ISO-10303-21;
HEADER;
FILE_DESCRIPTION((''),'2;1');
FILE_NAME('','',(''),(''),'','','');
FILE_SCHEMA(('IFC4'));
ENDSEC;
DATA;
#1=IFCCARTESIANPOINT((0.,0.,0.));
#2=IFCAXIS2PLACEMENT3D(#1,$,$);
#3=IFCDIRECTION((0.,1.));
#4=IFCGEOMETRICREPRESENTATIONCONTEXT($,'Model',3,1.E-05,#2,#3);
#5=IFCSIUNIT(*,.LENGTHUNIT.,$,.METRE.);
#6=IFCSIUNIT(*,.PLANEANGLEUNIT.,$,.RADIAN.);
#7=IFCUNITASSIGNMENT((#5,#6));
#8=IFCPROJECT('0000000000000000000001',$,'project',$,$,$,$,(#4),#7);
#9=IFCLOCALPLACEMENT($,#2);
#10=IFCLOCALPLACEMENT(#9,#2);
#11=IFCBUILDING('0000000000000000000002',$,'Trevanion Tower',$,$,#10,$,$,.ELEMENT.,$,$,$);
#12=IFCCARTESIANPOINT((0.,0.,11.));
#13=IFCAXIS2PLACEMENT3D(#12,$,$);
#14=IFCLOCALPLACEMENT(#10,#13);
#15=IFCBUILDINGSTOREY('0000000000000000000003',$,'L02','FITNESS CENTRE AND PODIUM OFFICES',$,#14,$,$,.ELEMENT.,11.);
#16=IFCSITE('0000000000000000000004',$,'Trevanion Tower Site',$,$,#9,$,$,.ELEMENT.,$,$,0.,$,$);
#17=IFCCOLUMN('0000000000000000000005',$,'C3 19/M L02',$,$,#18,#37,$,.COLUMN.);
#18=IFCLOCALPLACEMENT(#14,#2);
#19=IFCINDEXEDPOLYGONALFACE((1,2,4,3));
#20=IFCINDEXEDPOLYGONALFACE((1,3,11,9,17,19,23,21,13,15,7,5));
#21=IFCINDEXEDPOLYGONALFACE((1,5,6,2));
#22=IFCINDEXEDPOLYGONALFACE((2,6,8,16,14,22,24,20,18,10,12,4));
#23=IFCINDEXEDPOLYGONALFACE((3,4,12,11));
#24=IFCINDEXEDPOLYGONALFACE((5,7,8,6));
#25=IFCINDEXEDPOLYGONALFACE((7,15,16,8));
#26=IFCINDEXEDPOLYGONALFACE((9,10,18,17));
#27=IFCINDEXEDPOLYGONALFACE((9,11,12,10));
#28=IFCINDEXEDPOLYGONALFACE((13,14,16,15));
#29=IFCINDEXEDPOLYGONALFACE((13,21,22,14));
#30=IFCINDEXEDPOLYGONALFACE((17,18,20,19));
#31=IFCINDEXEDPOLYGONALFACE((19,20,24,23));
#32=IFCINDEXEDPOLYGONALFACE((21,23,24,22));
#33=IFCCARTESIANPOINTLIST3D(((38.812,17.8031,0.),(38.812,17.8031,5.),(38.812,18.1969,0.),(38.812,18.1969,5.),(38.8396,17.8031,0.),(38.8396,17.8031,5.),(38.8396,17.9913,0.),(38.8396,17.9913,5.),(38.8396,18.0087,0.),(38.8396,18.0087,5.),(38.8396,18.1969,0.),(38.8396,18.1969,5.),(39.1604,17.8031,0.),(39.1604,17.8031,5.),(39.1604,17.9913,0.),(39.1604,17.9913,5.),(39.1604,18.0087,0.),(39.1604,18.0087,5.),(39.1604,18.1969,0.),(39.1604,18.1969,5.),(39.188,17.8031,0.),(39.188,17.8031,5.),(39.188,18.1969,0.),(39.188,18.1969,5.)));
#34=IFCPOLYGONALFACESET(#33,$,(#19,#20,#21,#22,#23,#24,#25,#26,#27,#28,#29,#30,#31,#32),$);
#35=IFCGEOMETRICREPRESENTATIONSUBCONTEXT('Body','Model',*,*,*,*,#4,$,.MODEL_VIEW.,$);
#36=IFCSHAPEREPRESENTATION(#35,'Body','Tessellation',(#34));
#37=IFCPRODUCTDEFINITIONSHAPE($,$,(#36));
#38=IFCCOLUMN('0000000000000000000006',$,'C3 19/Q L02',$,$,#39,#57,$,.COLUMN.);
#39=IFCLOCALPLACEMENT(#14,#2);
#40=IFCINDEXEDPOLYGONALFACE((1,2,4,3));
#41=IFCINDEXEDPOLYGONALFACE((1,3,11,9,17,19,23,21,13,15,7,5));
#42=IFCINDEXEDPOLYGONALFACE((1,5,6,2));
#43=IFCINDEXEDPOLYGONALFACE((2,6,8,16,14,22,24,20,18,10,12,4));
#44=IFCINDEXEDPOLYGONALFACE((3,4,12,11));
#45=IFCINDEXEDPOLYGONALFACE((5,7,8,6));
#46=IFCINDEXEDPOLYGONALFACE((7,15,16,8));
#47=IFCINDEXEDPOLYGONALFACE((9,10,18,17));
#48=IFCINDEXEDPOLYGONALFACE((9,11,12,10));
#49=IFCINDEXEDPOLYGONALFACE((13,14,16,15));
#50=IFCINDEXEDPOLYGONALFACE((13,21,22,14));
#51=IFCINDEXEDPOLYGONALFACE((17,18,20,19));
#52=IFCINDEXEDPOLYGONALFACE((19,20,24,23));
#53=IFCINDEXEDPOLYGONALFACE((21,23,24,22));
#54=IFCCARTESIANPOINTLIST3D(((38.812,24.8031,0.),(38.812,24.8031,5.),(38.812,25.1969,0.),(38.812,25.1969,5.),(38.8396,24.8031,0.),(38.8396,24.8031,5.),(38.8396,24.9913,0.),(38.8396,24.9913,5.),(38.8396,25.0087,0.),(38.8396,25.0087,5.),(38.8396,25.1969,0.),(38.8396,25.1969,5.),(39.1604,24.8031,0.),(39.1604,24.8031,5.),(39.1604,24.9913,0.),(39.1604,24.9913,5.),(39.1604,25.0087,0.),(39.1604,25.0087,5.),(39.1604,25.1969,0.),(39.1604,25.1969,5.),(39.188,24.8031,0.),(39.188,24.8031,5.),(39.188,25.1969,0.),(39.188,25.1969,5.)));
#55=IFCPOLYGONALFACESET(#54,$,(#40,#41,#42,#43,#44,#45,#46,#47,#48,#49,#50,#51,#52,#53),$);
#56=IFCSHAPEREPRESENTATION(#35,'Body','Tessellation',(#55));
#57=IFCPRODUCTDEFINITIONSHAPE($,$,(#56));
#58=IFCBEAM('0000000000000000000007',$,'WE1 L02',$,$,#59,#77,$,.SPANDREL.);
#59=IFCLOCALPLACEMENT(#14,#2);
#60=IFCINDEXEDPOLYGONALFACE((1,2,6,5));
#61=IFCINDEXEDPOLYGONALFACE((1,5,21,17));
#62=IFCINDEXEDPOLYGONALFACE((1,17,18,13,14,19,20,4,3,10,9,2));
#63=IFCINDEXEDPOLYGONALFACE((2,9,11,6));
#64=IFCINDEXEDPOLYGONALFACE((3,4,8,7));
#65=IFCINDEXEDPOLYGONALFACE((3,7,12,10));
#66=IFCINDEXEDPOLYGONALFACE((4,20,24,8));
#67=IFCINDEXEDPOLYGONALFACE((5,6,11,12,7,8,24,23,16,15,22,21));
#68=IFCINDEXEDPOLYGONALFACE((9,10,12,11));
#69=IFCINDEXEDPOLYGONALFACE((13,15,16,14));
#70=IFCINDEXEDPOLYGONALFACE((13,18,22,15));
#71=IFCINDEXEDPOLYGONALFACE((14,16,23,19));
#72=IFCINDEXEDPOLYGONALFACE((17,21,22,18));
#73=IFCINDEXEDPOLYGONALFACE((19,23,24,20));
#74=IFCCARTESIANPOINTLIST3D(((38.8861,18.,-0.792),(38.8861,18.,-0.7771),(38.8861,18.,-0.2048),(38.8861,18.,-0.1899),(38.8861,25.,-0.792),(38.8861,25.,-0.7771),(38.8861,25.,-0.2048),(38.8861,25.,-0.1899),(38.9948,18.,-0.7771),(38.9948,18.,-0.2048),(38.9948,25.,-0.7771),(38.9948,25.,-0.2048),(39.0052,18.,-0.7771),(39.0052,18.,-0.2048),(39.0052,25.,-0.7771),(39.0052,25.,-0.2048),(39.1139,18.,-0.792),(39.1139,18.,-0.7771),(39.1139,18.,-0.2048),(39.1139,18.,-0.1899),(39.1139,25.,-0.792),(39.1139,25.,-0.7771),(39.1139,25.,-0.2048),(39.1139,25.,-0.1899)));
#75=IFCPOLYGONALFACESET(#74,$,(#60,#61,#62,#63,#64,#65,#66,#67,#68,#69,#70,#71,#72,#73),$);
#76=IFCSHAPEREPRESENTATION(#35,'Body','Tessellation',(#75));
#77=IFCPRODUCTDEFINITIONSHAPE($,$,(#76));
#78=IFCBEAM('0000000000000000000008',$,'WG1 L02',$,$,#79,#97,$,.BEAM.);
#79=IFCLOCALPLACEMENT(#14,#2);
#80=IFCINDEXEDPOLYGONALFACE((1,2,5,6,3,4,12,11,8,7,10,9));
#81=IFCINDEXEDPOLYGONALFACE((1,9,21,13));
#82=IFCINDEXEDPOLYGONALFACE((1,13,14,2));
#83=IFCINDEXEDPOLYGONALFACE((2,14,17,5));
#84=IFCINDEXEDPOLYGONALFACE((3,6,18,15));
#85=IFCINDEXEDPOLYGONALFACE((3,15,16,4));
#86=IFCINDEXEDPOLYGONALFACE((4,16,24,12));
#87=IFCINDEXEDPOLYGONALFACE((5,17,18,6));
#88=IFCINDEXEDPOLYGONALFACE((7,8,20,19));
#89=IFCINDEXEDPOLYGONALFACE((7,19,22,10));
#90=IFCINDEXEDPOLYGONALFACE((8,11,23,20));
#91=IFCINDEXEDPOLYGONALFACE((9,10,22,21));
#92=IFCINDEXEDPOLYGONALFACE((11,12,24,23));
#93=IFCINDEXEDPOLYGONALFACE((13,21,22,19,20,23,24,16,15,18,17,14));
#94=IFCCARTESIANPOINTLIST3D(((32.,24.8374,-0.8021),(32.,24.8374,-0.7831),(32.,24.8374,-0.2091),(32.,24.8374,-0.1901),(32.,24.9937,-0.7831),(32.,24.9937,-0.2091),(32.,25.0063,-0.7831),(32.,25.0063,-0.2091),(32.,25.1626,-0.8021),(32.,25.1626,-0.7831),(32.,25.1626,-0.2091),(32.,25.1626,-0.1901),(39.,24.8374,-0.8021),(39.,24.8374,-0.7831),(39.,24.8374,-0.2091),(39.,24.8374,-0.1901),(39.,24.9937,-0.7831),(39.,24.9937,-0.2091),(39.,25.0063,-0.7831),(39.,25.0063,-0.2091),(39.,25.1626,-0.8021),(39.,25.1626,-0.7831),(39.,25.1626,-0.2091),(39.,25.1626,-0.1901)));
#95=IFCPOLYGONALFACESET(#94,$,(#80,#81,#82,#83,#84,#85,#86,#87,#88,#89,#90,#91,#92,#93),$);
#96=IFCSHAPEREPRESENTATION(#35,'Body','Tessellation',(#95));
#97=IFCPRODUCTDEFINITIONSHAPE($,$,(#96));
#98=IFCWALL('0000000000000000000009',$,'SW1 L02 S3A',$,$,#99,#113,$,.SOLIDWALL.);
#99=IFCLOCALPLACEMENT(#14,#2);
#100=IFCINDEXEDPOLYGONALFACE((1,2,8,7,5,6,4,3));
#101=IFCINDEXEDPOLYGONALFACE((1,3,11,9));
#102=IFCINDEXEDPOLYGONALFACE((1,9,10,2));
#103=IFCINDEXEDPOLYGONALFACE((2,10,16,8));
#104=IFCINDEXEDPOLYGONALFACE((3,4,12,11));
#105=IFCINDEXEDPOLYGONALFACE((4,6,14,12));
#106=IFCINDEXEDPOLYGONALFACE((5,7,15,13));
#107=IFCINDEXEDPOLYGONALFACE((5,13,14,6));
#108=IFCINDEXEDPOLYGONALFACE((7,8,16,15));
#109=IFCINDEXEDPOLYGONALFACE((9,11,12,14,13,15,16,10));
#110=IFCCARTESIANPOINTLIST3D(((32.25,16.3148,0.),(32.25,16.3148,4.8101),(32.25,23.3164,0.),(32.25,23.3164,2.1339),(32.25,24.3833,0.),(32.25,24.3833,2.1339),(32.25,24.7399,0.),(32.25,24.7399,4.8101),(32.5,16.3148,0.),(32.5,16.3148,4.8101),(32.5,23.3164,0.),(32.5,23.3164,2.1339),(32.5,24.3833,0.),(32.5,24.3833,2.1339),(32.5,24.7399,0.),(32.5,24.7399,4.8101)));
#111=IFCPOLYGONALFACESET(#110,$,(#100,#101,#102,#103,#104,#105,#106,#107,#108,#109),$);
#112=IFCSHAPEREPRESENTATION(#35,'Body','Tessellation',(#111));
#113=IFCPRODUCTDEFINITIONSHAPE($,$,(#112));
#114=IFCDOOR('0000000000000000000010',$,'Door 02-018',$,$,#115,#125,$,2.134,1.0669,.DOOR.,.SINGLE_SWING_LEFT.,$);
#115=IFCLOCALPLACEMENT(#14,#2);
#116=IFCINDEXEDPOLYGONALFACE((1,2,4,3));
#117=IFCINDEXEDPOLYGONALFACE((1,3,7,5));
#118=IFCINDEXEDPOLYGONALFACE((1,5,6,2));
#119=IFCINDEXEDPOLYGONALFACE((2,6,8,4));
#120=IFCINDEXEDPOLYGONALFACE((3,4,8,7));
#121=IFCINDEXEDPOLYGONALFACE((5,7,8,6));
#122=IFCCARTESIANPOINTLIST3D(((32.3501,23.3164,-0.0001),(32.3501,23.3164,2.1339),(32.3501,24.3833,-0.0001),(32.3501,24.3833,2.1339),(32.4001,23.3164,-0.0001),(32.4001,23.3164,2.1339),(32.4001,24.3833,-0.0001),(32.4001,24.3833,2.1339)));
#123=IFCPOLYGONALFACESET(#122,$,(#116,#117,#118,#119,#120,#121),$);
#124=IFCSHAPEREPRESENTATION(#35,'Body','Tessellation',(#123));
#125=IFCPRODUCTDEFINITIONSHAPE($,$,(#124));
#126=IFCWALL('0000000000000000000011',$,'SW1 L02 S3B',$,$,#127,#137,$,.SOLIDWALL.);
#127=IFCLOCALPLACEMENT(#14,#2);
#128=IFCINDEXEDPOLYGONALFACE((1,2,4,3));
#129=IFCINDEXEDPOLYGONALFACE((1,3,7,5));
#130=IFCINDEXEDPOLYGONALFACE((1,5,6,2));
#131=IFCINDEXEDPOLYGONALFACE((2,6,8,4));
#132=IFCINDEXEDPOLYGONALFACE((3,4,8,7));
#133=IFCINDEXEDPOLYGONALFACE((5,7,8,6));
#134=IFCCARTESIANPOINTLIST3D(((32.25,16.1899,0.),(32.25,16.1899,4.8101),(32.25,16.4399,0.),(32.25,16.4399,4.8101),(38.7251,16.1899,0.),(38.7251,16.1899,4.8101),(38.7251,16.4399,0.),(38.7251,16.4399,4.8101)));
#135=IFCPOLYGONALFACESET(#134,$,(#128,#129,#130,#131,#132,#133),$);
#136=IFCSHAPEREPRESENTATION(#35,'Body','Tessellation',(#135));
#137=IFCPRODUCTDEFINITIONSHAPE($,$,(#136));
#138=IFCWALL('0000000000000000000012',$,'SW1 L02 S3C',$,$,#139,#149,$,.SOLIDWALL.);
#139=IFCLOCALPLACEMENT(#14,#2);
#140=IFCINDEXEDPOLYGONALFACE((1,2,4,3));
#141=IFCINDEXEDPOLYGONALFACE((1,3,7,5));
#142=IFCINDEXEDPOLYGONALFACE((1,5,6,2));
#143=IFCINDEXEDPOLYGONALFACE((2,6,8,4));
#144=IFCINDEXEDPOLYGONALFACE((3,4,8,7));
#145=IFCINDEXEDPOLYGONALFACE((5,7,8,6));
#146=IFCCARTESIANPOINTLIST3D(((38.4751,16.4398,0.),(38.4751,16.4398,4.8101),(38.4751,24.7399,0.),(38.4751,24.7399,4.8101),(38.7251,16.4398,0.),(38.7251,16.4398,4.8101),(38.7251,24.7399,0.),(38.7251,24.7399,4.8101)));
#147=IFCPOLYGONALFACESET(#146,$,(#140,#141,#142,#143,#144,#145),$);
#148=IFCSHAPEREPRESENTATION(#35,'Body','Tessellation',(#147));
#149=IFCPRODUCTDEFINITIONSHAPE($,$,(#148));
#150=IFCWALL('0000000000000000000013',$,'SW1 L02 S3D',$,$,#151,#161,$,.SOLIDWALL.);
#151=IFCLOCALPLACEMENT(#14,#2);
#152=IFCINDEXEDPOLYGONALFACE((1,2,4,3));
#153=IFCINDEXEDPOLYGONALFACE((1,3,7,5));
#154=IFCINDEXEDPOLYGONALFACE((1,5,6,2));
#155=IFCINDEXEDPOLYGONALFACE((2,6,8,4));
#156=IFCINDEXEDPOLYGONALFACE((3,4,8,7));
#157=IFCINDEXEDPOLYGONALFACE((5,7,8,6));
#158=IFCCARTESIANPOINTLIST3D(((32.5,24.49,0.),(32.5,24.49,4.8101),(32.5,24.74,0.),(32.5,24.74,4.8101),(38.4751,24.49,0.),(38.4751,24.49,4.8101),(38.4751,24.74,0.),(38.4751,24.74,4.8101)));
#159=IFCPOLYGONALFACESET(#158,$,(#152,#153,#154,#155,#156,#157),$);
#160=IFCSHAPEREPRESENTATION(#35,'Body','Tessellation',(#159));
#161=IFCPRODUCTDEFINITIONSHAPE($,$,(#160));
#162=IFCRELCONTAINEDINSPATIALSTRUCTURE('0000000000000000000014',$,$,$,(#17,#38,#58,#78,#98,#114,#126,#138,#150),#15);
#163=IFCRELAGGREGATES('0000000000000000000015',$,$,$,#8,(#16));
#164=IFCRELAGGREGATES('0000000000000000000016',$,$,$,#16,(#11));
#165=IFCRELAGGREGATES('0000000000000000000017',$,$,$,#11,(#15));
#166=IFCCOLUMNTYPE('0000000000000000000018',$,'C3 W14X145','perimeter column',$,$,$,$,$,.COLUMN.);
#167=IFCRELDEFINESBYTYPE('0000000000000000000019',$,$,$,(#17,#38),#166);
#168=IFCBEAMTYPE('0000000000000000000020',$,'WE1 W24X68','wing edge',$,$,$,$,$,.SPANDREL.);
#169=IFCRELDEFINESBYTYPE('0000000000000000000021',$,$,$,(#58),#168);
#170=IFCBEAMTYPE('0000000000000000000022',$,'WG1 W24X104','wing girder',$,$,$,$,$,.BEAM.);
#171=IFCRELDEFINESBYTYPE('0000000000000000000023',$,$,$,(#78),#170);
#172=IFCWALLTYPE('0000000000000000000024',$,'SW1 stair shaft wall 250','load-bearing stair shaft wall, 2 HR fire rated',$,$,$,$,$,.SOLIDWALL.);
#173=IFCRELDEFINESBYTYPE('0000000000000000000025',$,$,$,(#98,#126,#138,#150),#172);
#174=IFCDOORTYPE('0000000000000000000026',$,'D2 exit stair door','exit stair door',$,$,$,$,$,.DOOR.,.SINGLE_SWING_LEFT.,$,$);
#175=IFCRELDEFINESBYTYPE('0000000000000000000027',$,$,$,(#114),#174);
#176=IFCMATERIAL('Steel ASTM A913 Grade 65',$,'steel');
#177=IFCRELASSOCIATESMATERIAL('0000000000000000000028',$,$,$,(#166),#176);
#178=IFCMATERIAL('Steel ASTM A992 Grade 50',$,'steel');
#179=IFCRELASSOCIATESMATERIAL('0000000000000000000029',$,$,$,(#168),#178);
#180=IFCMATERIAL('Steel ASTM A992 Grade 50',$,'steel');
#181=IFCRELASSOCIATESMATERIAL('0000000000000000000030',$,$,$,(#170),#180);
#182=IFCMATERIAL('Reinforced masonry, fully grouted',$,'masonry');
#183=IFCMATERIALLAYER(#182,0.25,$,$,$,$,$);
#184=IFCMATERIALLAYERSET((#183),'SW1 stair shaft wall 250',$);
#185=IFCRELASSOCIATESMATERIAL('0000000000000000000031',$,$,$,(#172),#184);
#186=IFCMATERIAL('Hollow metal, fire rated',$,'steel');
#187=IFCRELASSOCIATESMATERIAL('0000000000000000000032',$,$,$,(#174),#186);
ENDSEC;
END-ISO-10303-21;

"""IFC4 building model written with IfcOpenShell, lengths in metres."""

from ifc_helpers import new_model, si_unit, direction, frame, frame_2d, origin, origin_2d, place, context, subcontext, project, spatial, rectangle, i_section, extrude, material, layer, layer_set, material_profile, profile_set, type_object, element, fill, save


model = new_model("IFC4")

# Units and contexts
model_context = context("Model", 3, precision=1e-05, world=origin(), true_north=direction((0.0, 1.0)))
body_context = subcontext(model_context, "Body", "Model", "MODEL_VIEW")
ifc_project = project(units=[si_unit("LENGTHUNIT", "METRE"), si_unit("PLANEANGLEUNIT", "RADIAN")], contexts=[model_context])

# Site, building, storey
site_placement = place(None, origin())
site = spatial("IfcSite", under=ifc_project, at=site_placement, Name="Trevanion Tower Site", CompositionType="ELEMENT", RefElevation=0.0)
building_placement = place(site_placement, origin())
building = spatial("IfcBuilding", under=site, at=building_placement, Name="Trevanion Tower", CompositionType="ELEMENT")
storey_placement = place(building_placement, frame((0.0, 0.0, 11.0)))
storey = spatial("IfcBuildingStorey", under=building, at=storey_placement, Name="L02", Description="FITNESS CENTRE AND PODIUM OFFICES", CompositionType="ELEMENT", Elevation=11.0)

# Columns
ifc_material_1 = material(Name="Steel ASTM A913 Grade 65", Category="steel")
ifc_material_profile_1 = material_profile(ifc_material_1, i_section(OverallWidth=0.3938, OverallDepth=0.376, WebThickness=0.0173, FlangeThickness=0.0276, at=origin_2d()), Name="W14X145")
ifc_profile_set_1 = profile_set([ifc_material_profile_1], Name="Steel ASTM A913 Grade 65")
column_type = type_object("IfcColumnType", Name="C3 W14X145", Description="perimeter column", PredefinedType="COLUMN", material=ifc_profile_set_1)
for number, where, z_axis, x_axis, name in (
    (1, (39.0, 18.0, 0.0), (0.0, 0.0, 1.0), (0.0, 1.0, 0.0), "C3 19/M L02"),
    (2, (39.0, 25.0, 0.0), (0.0, 0.0, 1.0), (0.0, 1.0, 0.0), "C3 19/Q L02"),
):
    element("IfcColumn", number, at=place(storey_placement, frame(where, z_axis=z_axis, x_axis=x_axis)), inside=storey, type_object=column_type, Name=name, PredefinedType="COLUMN", context=body_context, shape_type="SweptSolid", body=[
        extrude(i_section(OverallWidth=0.3938, OverallDepth=0.376, WebThickness=0.0173, FlangeThickness=0.0276, at=origin_2d()), origin(), (0.0, 0.0, 1.0), 5.0),
    ])

# Beams
ifc_material_2 = material(Name="Steel ASTM A992 Grade 50", Category="steel")
ifc_material_profile_2 = material_profile(ifc_material_2, i_section(OverallWidth=0.2278, OverallDepth=0.6021, WebThickness=0.0105, FlangeThickness=0.0149, at=origin_2d()), Name="W24X68")
ifc_profile_set_2 = profile_set([ifc_material_profile_2], Name="Steel ASTM A992 Grade 50")
beam_type_1 = type_object("IfcBeamType", Name="WE1 W24X68", Description="wing edge", PredefinedType="SPANDREL", material=ifc_profile_set_2)
beam_1_placement = place(storey_placement, frame((39.0, 18.0, -0.491), z_axis=(0.0, 1.0, 0.0), x_axis=(-1.0, 0.0, 0.0)))
element("IfcBeam", 3, at=beam_1_placement, inside=storey, type_object=beam_type_1, Name="WE1 L02", PredefinedType="SPANDREL", context=body_context, shape_type="SweptSolid", body=[
    extrude(i_section(OverallWidth=0.2278, OverallDepth=0.6021, WebThickness=0.0105, FlangeThickness=0.0149, at=origin_2d()), origin(), (0.0, 0.0, 1.0), 7.0),
])
ifc_material_3 = material(Name="Steel ASTM A992 Grade 50", Category="steel")
ifc_material_profile_3 = material_profile(ifc_material_3, i_section(OverallWidth=0.3252, OverallDepth=0.6121, WebThickness=0.0127, FlangeThickness=0.019, at=origin_2d()), Name="W24X104")
ifc_profile_set_3 = profile_set([ifc_material_profile_3], Name="Steel ASTM A992 Grade 50")
beam_type_2 = type_object("IfcBeamType", Name="WG1 W24X104", Description="wing girder", PredefinedType="BEAM", material=ifc_profile_set_3)
beam_2_placement = place(storey_placement, frame((32.0, 25.0, -0.4961), z_axis=(1.0, 0.0, 0.0), x_axis=(0.0, 1.0, 0.0)))
element("IfcBeam", 4, at=beam_2_placement, inside=storey, type_object=beam_type_2, Name="WG1 L02", PredefinedType="BEAM", context=body_context, shape_type="SweptSolid", body=[
    extrude(i_section(OverallWidth=0.3252, OverallDepth=0.6121, WebThickness=0.0127, FlangeThickness=0.019, at=origin_2d()), origin(), (0.0, 0.0, 1.0), 7.0),
])

# Wall, opening, door
ifc_material_4 = material(Name="Reinforced masonry, fully grouted", Category="masonry")
ifc_layer_1 = layer(ifc_material_4, 0.25)
ifc_layer_set_1 = layer_set([ifc_layer_1], Name="SW1 stair shaft wall 250")
wall_type_1 = type_object("IfcWallType", Name="SW1 stair shaft wall 250", Description="load-bearing stair shaft wall, 2 HR fire rated", PredefinedType="SOLIDWALL", material=ifc_layer_set_1)
wall_1_placement = place(storey_placement, frame((32.375, 16.3149, 0.0), z_axis=(0.0, 0.0, 1.0), x_axis=(0.0, 1.0, 0.0)))
wall_1 = element("IfcWall", 5, at=wall_1_placement, inside=storey, type_object=wall_type_1, Name="SW1 L02 S3A", PredefinedType="SOLIDWALL", context=body_context, shape_type="SweptSolid", body=[
    extrude(rectangle(XDim=8.425, YDim=0.25, at=frame_2d((4.2124, 0.0))), origin(), (0.0, 0.0, 1.0), 4.8101),
])
opening_1_placement = place(wall_1_placement, frame((7.0015, 0.0, 0.0)))
opening_1 = element("IfcOpeningElement", 6, at=opening_1_placement, cuts=wall_1, PredefinedType="OPENING", context=body_context, shape_type="SweptSolid", body=[
    extrude(rectangle(XDim=1.0669, YDim=2.134, at=frame_2d((0.5334, 1.0669))), frame((0.0, 0.135, 0.0), z_axis=(0.0, -1.0, 0.0), x_axis=(1.0, 0.0, 0.0)), (0.0, 0.0, 1.0), 0.27),
])
ifc_material_5 = material(Name="Hollow metal, fire rated", Category="steel")
door_type = type_object("IfcDoorType", Name="D2 exit stair door", Description="exit stair door", OperationType="SINGLE_SWING_LEFT", PredefinedType="DOOR", material=ifc_material_5)
door_placement = place(opening_1_placement, origin())
door = element("IfcDoor", 7, at=door_placement, inside=storey, type_object=door_type, Name="Door 02-018", OperationType="SINGLE_SWING_LEFT", OverallHeight=2.134, OverallWidth=1.0669, PredefinedType="DOOR", context=body_context, shape_type="SweptSolid", body=[
    extrude(rectangle(XDim=1.0669, YDim=2.134, at=frame_2d((0.5334, 1.0669))), frame((0.0, 0.0249, 0.0), z_axis=(0.0, -1.0, 0.0), x_axis=(1.0, 0.0, 0.0)), (0.0, 0.0, 1.0), 0.05),
])
fill(opening_1, door)

# Walls
wall_2_placement = place(storey_placement, frame((32.25, 16.3149, 0.0), z_axis=(0.0, 0.0, 1.0), x_axis=(1.0, 0.0, 0.0)))
element("IfcWall", 8, at=wall_2_placement, inside=storey, type_object=wall_type_1, Name="SW1 L02 S3B", PredefinedType="SOLIDWALL", context=body_context, shape_type="SweptSolid", body=[
    extrude(rectangle(XDim=6.4751, YDim=0.25, at=frame_2d((3.2375, 0.0))), origin(), (0.0, 0.0, 1.0), 4.8101),
])
wall_3_placement = place(storey_placement, frame((38.6001, 16.4399, 0.0), z_axis=(0.0, 0.0, 1.0), x_axis=(0.0, 1.0, 0.0)))
element("IfcWall", 9, at=wall_3_placement, inside=storey, type_object=wall_type_1, Name="SW1 L02 S3C", PredefinedType="SOLIDWALL", context=body_context, shape_type="SweptSolid", body=[
    extrude(rectangle(XDim=8.3, YDim=0.25, at=frame_2d((4.1499, 0.0))), origin(), (0.0, 0.0, 1.0), 4.8101),
])
wall_4_placement = place(storey_placement, frame((32.5, 24.615, 0.0), z_axis=(0.0, 0.0, 1.0), x_axis=(1.0, 0.0, 0.0)))
element("IfcWall", 10, at=wall_4_placement, inside=storey, type_object=wall_type_1, Name="SW1 L02 S3D", PredefinedType="SOLIDWALL", context=body_context, shape_type="SweptSolid", body=[
    extrude(rectangle(XDim=5.9751, YDim=0.25, at=frame_2d((2.9875, 0.0))), origin(), (0.0, 0.0, 1.0), 4.8101),
])

save(model, "model.ifc")
